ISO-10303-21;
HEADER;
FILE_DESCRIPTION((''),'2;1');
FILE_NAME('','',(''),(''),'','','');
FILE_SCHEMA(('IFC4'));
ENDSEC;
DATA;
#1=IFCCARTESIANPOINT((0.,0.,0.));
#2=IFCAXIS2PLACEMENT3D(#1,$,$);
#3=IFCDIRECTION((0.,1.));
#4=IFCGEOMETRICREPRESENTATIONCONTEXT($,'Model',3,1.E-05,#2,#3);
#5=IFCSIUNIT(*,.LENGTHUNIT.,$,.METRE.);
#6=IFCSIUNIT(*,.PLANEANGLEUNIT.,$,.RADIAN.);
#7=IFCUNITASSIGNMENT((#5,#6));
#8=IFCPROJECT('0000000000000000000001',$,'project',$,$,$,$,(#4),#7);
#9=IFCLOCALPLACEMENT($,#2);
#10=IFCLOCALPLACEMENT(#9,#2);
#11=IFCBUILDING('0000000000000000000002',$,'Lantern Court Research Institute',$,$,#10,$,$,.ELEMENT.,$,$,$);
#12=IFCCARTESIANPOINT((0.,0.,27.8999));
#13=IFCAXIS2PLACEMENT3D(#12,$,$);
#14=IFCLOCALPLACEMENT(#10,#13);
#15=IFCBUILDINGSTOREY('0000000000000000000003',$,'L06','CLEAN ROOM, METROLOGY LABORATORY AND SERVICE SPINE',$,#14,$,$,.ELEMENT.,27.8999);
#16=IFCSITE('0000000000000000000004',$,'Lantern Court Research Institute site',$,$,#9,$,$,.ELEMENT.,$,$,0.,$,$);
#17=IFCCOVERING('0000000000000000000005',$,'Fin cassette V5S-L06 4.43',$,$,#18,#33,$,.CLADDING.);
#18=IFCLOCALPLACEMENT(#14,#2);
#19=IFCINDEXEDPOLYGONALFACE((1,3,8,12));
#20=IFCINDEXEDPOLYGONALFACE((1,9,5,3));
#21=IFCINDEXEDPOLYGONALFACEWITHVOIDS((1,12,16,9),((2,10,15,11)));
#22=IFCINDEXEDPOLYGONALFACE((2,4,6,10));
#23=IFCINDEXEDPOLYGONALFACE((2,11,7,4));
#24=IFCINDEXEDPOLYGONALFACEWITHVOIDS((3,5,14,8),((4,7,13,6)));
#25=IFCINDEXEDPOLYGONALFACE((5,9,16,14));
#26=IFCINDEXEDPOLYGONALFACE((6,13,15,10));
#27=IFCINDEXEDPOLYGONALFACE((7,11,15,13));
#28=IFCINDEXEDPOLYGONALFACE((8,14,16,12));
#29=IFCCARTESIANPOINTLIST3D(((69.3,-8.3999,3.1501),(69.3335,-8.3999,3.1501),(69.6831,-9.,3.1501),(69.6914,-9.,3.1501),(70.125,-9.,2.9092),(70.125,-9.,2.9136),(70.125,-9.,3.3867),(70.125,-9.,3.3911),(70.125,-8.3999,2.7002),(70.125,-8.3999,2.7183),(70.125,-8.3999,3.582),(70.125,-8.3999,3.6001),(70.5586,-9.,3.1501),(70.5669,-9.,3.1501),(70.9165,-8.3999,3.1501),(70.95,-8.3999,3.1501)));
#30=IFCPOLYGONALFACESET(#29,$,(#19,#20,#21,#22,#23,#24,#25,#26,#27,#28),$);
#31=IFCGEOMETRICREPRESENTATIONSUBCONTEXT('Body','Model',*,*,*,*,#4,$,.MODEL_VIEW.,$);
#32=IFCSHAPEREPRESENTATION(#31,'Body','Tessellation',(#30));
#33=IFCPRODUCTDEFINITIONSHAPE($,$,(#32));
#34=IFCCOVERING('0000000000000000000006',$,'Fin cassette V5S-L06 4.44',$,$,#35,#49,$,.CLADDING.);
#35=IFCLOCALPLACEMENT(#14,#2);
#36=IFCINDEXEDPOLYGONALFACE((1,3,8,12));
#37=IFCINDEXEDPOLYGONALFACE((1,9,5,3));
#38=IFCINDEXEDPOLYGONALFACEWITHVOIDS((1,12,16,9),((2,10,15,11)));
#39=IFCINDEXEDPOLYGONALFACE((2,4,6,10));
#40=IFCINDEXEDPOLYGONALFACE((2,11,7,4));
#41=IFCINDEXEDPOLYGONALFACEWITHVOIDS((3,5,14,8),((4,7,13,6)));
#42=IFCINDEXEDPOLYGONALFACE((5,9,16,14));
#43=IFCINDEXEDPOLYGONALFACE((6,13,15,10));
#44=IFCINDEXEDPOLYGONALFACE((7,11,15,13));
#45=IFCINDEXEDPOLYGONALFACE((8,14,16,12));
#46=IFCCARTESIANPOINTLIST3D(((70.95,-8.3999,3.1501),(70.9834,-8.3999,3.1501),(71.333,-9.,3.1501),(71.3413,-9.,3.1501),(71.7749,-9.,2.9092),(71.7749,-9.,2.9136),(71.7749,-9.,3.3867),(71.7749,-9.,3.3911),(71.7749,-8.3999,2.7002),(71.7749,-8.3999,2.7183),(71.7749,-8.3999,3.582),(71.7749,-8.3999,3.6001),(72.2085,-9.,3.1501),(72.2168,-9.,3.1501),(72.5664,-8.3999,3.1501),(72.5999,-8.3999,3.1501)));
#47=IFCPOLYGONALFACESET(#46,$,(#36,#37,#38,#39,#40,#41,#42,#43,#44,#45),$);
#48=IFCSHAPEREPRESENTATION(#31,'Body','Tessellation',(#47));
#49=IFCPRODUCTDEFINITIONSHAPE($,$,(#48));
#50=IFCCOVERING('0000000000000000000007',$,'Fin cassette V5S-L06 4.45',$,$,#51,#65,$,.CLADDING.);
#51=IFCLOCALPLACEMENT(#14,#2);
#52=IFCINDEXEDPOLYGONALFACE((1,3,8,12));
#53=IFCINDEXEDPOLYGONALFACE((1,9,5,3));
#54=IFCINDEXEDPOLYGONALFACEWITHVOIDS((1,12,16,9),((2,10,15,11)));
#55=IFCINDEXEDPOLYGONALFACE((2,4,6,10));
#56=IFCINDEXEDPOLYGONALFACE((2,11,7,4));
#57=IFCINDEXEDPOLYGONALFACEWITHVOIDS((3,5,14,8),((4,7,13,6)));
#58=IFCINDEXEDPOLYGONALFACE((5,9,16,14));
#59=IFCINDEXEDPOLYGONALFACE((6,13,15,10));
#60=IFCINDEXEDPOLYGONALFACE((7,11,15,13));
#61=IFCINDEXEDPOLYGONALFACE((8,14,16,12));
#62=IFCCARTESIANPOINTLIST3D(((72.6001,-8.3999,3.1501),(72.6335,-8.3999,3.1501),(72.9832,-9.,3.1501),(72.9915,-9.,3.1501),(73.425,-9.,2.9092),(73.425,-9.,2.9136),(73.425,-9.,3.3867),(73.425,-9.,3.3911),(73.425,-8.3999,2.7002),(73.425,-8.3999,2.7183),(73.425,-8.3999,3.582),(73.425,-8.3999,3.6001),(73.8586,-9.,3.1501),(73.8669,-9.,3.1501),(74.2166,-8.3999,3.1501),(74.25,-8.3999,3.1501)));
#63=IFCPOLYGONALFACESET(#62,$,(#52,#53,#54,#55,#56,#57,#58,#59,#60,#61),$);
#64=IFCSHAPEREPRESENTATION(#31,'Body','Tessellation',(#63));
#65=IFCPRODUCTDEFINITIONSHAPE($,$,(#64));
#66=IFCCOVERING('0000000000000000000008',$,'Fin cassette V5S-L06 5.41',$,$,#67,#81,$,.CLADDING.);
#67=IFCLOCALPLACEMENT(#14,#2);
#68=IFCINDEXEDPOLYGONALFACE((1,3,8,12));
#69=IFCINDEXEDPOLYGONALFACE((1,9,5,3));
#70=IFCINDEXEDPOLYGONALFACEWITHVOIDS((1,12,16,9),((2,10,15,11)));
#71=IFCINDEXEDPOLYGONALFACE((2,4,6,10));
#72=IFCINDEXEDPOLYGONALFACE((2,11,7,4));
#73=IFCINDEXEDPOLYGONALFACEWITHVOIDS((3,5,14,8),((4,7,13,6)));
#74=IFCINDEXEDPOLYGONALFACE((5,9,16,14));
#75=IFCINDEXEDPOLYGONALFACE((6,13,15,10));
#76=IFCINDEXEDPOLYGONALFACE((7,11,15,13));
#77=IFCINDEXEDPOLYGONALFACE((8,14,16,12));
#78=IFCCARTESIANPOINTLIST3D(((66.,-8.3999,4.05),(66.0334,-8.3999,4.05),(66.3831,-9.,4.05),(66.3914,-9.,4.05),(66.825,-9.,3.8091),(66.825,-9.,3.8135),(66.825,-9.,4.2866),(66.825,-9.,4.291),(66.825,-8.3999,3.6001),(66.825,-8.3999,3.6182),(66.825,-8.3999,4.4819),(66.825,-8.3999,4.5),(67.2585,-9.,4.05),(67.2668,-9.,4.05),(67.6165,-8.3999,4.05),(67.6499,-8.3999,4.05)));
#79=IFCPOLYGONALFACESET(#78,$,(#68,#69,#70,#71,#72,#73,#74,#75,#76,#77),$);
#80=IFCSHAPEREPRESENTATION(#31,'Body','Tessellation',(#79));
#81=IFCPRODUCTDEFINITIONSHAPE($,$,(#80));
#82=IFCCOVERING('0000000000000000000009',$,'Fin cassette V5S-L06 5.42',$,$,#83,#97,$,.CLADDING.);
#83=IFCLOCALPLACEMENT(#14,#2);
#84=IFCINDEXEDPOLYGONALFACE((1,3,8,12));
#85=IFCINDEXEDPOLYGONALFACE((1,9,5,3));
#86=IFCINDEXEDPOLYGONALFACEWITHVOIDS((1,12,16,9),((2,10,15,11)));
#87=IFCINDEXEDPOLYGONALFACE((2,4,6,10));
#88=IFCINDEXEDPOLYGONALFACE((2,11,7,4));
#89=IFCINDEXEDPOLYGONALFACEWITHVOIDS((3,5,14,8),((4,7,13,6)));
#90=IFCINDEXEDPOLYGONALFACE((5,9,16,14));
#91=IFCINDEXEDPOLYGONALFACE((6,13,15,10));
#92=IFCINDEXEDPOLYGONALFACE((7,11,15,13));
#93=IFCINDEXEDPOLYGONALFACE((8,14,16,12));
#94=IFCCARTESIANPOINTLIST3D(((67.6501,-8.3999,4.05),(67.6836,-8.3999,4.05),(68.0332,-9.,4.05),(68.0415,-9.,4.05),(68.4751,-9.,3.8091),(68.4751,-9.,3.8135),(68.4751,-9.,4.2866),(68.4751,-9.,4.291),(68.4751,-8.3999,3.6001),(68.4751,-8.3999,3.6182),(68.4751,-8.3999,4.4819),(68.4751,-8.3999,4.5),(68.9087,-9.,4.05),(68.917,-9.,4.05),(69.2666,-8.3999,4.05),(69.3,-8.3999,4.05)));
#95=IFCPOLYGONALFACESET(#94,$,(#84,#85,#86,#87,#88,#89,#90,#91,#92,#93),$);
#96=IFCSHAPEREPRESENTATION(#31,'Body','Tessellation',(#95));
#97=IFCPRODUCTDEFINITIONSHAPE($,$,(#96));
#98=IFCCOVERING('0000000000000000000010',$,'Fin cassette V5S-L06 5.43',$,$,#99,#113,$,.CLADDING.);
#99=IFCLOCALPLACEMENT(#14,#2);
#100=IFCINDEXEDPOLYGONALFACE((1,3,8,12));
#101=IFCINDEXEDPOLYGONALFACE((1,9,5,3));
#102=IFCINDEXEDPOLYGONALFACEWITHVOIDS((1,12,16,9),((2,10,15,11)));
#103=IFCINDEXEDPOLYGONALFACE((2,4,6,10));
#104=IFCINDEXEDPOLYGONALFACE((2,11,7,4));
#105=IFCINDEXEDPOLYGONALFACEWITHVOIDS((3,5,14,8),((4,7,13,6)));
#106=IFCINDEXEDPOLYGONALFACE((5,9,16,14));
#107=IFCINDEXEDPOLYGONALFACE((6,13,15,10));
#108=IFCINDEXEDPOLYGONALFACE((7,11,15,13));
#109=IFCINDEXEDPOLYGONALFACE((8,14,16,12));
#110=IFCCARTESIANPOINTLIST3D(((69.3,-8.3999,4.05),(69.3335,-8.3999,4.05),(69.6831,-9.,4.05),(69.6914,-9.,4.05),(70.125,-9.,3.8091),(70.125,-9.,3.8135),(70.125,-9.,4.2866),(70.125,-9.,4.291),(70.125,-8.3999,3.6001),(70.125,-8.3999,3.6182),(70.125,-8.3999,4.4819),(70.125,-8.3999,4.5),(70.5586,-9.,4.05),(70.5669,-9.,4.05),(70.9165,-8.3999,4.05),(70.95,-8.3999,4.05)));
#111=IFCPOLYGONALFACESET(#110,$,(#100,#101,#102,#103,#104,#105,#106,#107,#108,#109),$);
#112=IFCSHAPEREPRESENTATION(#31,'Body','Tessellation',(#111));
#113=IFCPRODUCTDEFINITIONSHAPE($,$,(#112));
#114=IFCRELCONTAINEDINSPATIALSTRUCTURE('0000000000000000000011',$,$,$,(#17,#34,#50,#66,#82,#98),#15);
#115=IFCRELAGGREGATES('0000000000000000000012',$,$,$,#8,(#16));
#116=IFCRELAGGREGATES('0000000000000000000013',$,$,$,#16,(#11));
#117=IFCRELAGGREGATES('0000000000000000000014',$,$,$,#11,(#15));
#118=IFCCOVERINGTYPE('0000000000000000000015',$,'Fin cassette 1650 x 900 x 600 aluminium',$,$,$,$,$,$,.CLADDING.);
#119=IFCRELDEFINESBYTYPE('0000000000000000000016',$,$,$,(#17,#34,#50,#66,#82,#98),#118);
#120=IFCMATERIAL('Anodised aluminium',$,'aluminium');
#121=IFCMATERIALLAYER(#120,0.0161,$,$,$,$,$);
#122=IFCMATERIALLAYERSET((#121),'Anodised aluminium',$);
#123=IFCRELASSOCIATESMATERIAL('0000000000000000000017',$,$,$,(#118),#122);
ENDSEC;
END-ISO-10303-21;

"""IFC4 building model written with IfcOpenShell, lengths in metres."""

from ifc_helpers import new_model, entity, si_unit, direction, frame, origin, place, context, subcontext, project, spatial, material, layer, layer_set, type_object, element, save


model = new_model("IFC4")

# Units and contexts
model_context = context("Model", 3, precision=1e-05, world=origin(), true_north=direction((0.0, 1.0)))
body_context = subcontext(model_context, "Body", "Model", "MODEL_VIEW")
ifc_project = project(units=[si_unit("LENGTHUNIT", "METRE"), si_unit("PLANEANGLEUNIT", "RADIAN")], contexts=[model_context])

# Site, building, storey
site_placement = place(None, origin())
site = spatial("IfcSite", under=ifc_project, at=site_placement, Name="Lantern Court Research Institute site", CompositionType="ELEMENT", RefElevation=0.0)
building_placement = place(site_placement, origin())
building = spatial("IfcBuilding", under=site, at=building_placement, Name="Lantern Court Research Institute", CompositionType="ELEMENT")
storey_placement = place(building_placement, frame((0.0, 0.0, 27.8999)))
storey = spatial("IfcBuildingStorey", under=building, at=storey_placement, Name="L06", Description="CLEAN ROOM, METROLOGY LABORATORY AND SERVICE SPINE", CompositionType="ELEMENT", Elevation=27.8999)

# Coverings
ifc_material_1 = material(Name="Anodised aluminium", Category="aluminium")
ifc_layer_1 = layer(ifc_material_1, 0.0161)
ifc_layer_set_1 = layer_set([ifc_layer_1], Name="Anodised aluminium")
covering_type = type_object("IfcCoveringType", Name="Fin cassette 1650 x 900 x 600 aluminium", PredefinedType="CLADDING", material=ifc_layer_set_1)
covering_1_placement = place(storey_placement, frame((70.125, -8.3999, 3.1501), z_axis=(0.0, -1.0, 0.0), x_axis=(1.0, 0.0, 0.0)))
cartesian_point_1 = entity("IfcCartesianPoint", [0.825, 0.0])
cartesian_point_2 = entity("IfcCartesianPoint", [0.7915, 0.0])
cartesian_point_3 = entity("IfcCartesianPoint", [0.4419, 0.0])
cartesian_point_4 = entity("IfcCartesianPoint", [0.4336, 0.0])
element("IfcCovering", 1, at=covering_1_placement, inside=storey, type_object=covering_type, Name="Fin cassette V5S-L06 4.43", PredefinedType="CLADDING", context=body_context, shape_type="SweptSolid", body=[
    entity("IfcExtrudedAreaSolidTapered", entity("IfcArbitraryProfileDefWithVoids", "AREA", None, entity("IfcPolyline", [cartesian_point_1, entity("IfcCartesianPoint", [0.0, 0.45]), entity("IfcCartesianPoint", [-0.825, 0.0]), entity("IfcCartesianPoint", [0.0, -0.45]), cartesian_point_1]), [entity("IfcPolyline", [cartesian_point_2, entity("IfcCartesianPoint", [0.0, 0.4319]), entity("IfcCartesianPoint", [-0.7915, 0.0]), entity("IfcCartesianPoint", [0.0, -0.4319]), cartesian_point_2])]), entity("IfcAxis2Placement3D", entity("IfcCartesianPoint", [0.0, 0.0, 0.0])), entity("IfcDirection", [0.0, 0.0, 1.0]), 0.6001, entity("IfcArbitraryProfileDefWithVoids", "AREA", None, entity("IfcPolyline", [cartesian_point_3, entity("IfcCartesianPoint", [0.0, 0.241]), entity("IfcCartesianPoint", [-0.4419, 0.0]), entity("IfcCartesianPoint", [0.0, -0.241]), cartesian_point_3]), [entity("IfcPolyline", [cartesian_point_4, entity("IfcCartesianPoint", [0.0, 0.2366]), entity("IfcCartesianPoint", [-0.4336, 0.0]), entity("IfcCartesianPoint", [0.0, -0.2366]), cartesian_point_4])])),
])
covering_2_placement = place(storey_placement, frame((71.7749, -8.3999, 3.1501), z_axis=(0.0, -1.0, 0.0), x_axis=(1.0, 0.0, 0.0)))
cartesian_point_5 = entity("IfcCartesianPoint", [0.825, 0.0])
cartesian_point_6 = entity("IfcCartesianPoint", [0.7915, 0.0])
cartesian_point_7 = entity("IfcCartesianPoint", [0.4419, 0.0])
cartesian_point_8 = entity("IfcCartesianPoint", [0.4336, 0.0])
element("IfcCovering", 2, at=covering_2_placement, inside=storey, type_object=covering_type, Name="Fin cassette V5S-L06 4.44", PredefinedType="CLADDING", context=body_context, shape_type="SweptSolid", body=[
    entity("IfcExtrudedAreaSolidTapered", entity("IfcArbitraryProfileDefWithVoids", "AREA", None, entity("IfcPolyline", [cartesian_point_5, entity("IfcCartesianPoint", [0.0, 0.45]), entity("IfcCartesianPoint", [-0.825, 0.0]), entity("IfcCartesianPoint", [0.0, -0.45]), cartesian_point_5]), [entity("IfcPolyline", [cartesian_point_6, entity("IfcCartesianPoint", [0.0, 0.4319]), entity("IfcCartesianPoint", [-0.7915, 0.0]), entity("IfcCartesianPoint", [0.0, -0.4319]), cartesian_point_6])]), entity("IfcAxis2Placement3D", entity("IfcCartesianPoint", [0.0, 0.0, 0.0])), entity("IfcDirection", [0.0, 0.0, 1.0]), 0.6001, entity("IfcArbitraryProfileDefWithVoids", "AREA", None, entity("IfcPolyline", [cartesian_point_7, entity("IfcCartesianPoint", [0.0, 0.241]), entity("IfcCartesianPoint", [-0.4419, 0.0]), entity("IfcCartesianPoint", [0.0, -0.241]), cartesian_point_7]), [entity("IfcPolyline", [cartesian_point_8, entity("IfcCartesianPoint", [0.0, 0.2366]), entity("IfcCartesianPoint", [-0.4336, 0.0]), entity("IfcCartesianPoint", [0.0, -0.2366]), cartesian_point_8])])),
])
covering_3_placement = place(storey_placement, frame((73.425, -8.3999, 3.1501), z_axis=(0.0, -1.0, 0.0), x_axis=(1.0, 0.0, 0.0)))
cartesian_point_9 = entity("IfcCartesianPoint", [0.825, 0.0])
cartesian_point_10 = entity("IfcCartesianPoint", [0.7915, 0.0])
cartesian_point_11 = entity("IfcCartesianPoint", [0.4419, 0.0])
cartesian_point_12 = entity("IfcCartesianPoint", [0.4336, 0.0])
element("IfcCovering", 3, at=covering_3_placement, inside=storey, type_object=covering_type, Name="Fin cassette V5S-L06 4.45", PredefinedType="CLADDING", context=body_context, shape_type="SweptSolid", body=[
    entity("IfcExtrudedAreaSolidTapered", entity("IfcArbitraryProfileDefWithVoids", "AREA", None, entity("IfcPolyline", [cartesian_point_9, entity("IfcCartesianPoint", [0.0, 0.45]), entity("IfcCartesianPoint", [-0.825, 0.0]), entity("IfcCartesianPoint", [0.0, -0.45]), cartesian_point_9]), [entity("IfcPolyline", [cartesian_point_10, entity("IfcCartesianPoint", [0.0, 0.4319]), entity("IfcCartesianPoint", [-0.7915, 0.0]), entity("IfcCartesianPoint", [0.0, -0.4319]), cartesian_point_10])]), entity("IfcAxis2Placement3D", entity("IfcCartesianPoint", [0.0, 0.0, 0.0])), entity("IfcDirection", [0.0, 0.0, 1.0]), 0.6001, entity("IfcArbitraryProfileDefWithVoids", "AREA", None, entity("IfcPolyline", [cartesian_point_11, entity("IfcCartesianPoint", [0.0, 0.241]), entity("IfcCartesianPoint", [-0.4419, 0.0]), entity("IfcCartesianPoint", [0.0, -0.241]), cartesian_point_11]), [entity("IfcPolyline", [cartesian_point_12, entity("IfcCartesianPoint", [0.0, 0.2366]), entity("IfcCartesianPoint", [-0.4336, 0.0]), entity("IfcCartesianPoint", [0.0, -0.2366]), cartesian_point_12])])),
])
covering_4_placement = place(storey_placement, frame((66.825, -8.3999, 4.05), z_axis=(0.0, -1.0, 0.0), x_axis=(1.0, 0.0, 0.0)))
cartesian_point_13 = entity("IfcCartesianPoint", [0.825, 0.0])
cartesian_point_14 = entity("IfcCartesianPoint", [0.7915, 0.0])
cartesian_point_15 = entity("IfcCartesianPoint", [0.4419, 0.0])
cartesian_point_16 = entity("IfcCartesianPoint", [0.4336, 0.0])
element("IfcCovering", 4, at=covering_4_placement, inside=storey, type_object=covering_type, Name="Fin cassette V5S-L06 5.41", PredefinedType="CLADDING", context=body_context, shape_type="SweptSolid", body=[
    entity("IfcExtrudedAreaSolidTapered", entity("IfcArbitraryProfileDefWithVoids", "AREA", None, entity("IfcPolyline", [cartesian_point_13, entity("IfcCartesianPoint", [0.0, 0.45]), entity("IfcCartesianPoint", [-0.825, 0.0]), entity("IfcCartesianPoint", [0.0, -0.45]), cartesian_point_13]), [entity("IfcPolyline", [cartesian_point_14, entity("IfcCartesianPoint", [0.0, 0.4319]), entity("IfcCartesianPoint", [-0.7915, 0.0]), entity("IfcCartesianPoint", [0.0, -0.4319]), cartesian_point_14])]), entity("IfcAxis2Placement3D", entity("IfcCartesianPoint", [0.0, 0.0, 0.0])), entity("IfcDirection", [0.0, 0.0, 1.0]), 0.6001, entity("IfcArbitraryProfileDefWithVoids", "AREA", None, entity("IfcPolyline", [cartesian_point_15, entity("IfcCartesianPoint", [0.0, 0.241]), entity("IfcCartesianPoint", [-0.4419, 0.0]), entity("IfcCartesianPoint", [0.0, -0.241]), cartesian_point_15]), [entity("IfcPolyline", [cartesian_point_16, entity("IfcCartesianPoint", [0.0, 0.2366]), entity("IfcCartesianPoint", [-0.4336, 0.0]), entity("IfcCartesianPoint", [0.0, -0.2366]), cartesian_point_16])])),
])
covering_5_placement = place(storey_placement, frame((68.4751, -8.3999, 4.05), z_axis=(0.0, -1.0, 0.0), x_axis=(1.0, 0.0, 0.0)))
cartesian_point_17 = entity("IfcCartesianPoint", [0.825, 0.0])
cartesian_point_18 = entity("IfcCartesianPoint", [0.7915, 0.0])
cartesian_point_19 = entity("IfcCartesianPoint", [0.4419, 0.0])
cartesian_point_20 = entity("IfcCartesianPoint", [0.4336, 0.0])
element("IfcCovering", 5, at=covering_5_placement, inside=storey, type_object=covering_type, Name="Fin cassette V5S-L06 5.42", PredefinedType="CLADDING", context=body_context, shape_type="SweptSolid", body=[
    entity("IfcExtrudedAreaSolidTapered", entity("IfcArbitraryProfileDefWithVoids", "AREA", None, entity("IfcPolyline", [cartesian_point_17, entity("IfcCartesianPoint", [0.0, 0.45]), entity("IfcCartesianPoint", [-0.825, 0.0]), entity("IfcCartesianPoint", [0.0, -0.45]), cartesian_point_17]), [entity("IfcPolyline", [cartesian_point_18, entity("IfcCartesianPoint", [0.0, 0.4319]), entity("IfcCartesianPoint", [-0.7915, 0.0]), entity("IfcCartesianPoint", [0.0, -0.4319]), cartesian_point_18])]), entity("IfcAxis2Placement3D", entity("IfcCartesianPoint", [0.0, 0.0, 0.0])), entity("IfcDirection", [0.0, 0.0, 1.0]), 0.6001, entity("IfcArbitraryProfileDefWithVoids", "AREA", None, entity("IfcPolyline", [cartesian_point_19, entity("IfcCartesianPoint", [0.0, 0.241]), entity("IfcCartesianPoint", [-0.4419, 0.0]), entity("IfcCartesianPoint", [0.0, -0.241]), cartesian_point_19]), [entity("IfcPolyline", [cartesian_point_20, entity("IfcCartesianPoint", [0.0, 0.2366]), entity("IfcCartesianPoint", [-0.4336, 0.0]), entity("IfcCartesianPoint", [0.0, -0.2366]), cartesian_point_20])])),
])
covering_6_placement = place(storey_placement, frame((70.125, -8.3999, 4.05), z_axis=(0.0, -1.0, 0.0), x_axis=(1.0, 0.0, 0.0)))
cartesian_point_21 = entity("IfcCartesianPoint", [0.825, 0.0])
cartesian_point_22 = entity("IfcCartesianPoint", [0.7915, 0.0])
cartesian_point_23 = entity("IfcCartesianPoint", [0.4419, 0.0])
cartesian_point_24 = entity("IfcCartesianPoint", [0.4336, 0.0])
element("IfcCovering", 6, at=covering_6_placement, inside=storey, type_object=covering_type, Name="Fin cassette V5S-L06 5.43", PredefinedType="CLADDING", context=body_context, shape_type="SweptSolid", body=[
    entity("IfcExtrudedAreaSolidTapered", entity("IfcArbitraryProfileDefWithVoids", "AREA", None, entity("IfcPolyline", [cartesian_point_21, entity("IfcCartesianPoint", [0.0, 0.45]), entity("IfcCartesianPoint", [-0.825, 0.0]), entity("IfcCartesianPoint", [0.0, -0.45]), cartesian_point_21]), [entity("IfcPolyline", [cartesian_point_22, entity("IfcCartesianPoint", [0.0, 0.4319]), entity("IfcCartesianPoint", [-0.7915, 0.0]), entity("IfcCartesianPoint", [0.0, -0.4319]), cartesian_point_22])]), entity("IfcAxis2Placement3D", entity("IfcCartesianPoint", [0.0, 0.0, 0.0])), entity("IfcDirection", [0.0, 0.0, 1.0]), 0.6001, entity("IfcArbitraryProfileDefWithVoids", "AREA", None, entity("IfcPolyline", [cartesian_point_23, entity("IfcCartesianPoint", [0.0, 0.241]), entity("IfcCartesianPoint", [-0.4419, 0.0]), entity("IfcCartesianPoint", [0.0, -0.241]), cartesian_point_23]), [entity("IfcPolyline", [cartesian_point_24, entity("IfcCartesianPoint", [0.0, 0.2366]), entity("IfcCartesianPoint", [-0.4336, 0.0]), entity("IfcCartesianPoint", [0.0, -0.2366]), cartesian_point_24])])),
])

save(model, "model.ifc")
